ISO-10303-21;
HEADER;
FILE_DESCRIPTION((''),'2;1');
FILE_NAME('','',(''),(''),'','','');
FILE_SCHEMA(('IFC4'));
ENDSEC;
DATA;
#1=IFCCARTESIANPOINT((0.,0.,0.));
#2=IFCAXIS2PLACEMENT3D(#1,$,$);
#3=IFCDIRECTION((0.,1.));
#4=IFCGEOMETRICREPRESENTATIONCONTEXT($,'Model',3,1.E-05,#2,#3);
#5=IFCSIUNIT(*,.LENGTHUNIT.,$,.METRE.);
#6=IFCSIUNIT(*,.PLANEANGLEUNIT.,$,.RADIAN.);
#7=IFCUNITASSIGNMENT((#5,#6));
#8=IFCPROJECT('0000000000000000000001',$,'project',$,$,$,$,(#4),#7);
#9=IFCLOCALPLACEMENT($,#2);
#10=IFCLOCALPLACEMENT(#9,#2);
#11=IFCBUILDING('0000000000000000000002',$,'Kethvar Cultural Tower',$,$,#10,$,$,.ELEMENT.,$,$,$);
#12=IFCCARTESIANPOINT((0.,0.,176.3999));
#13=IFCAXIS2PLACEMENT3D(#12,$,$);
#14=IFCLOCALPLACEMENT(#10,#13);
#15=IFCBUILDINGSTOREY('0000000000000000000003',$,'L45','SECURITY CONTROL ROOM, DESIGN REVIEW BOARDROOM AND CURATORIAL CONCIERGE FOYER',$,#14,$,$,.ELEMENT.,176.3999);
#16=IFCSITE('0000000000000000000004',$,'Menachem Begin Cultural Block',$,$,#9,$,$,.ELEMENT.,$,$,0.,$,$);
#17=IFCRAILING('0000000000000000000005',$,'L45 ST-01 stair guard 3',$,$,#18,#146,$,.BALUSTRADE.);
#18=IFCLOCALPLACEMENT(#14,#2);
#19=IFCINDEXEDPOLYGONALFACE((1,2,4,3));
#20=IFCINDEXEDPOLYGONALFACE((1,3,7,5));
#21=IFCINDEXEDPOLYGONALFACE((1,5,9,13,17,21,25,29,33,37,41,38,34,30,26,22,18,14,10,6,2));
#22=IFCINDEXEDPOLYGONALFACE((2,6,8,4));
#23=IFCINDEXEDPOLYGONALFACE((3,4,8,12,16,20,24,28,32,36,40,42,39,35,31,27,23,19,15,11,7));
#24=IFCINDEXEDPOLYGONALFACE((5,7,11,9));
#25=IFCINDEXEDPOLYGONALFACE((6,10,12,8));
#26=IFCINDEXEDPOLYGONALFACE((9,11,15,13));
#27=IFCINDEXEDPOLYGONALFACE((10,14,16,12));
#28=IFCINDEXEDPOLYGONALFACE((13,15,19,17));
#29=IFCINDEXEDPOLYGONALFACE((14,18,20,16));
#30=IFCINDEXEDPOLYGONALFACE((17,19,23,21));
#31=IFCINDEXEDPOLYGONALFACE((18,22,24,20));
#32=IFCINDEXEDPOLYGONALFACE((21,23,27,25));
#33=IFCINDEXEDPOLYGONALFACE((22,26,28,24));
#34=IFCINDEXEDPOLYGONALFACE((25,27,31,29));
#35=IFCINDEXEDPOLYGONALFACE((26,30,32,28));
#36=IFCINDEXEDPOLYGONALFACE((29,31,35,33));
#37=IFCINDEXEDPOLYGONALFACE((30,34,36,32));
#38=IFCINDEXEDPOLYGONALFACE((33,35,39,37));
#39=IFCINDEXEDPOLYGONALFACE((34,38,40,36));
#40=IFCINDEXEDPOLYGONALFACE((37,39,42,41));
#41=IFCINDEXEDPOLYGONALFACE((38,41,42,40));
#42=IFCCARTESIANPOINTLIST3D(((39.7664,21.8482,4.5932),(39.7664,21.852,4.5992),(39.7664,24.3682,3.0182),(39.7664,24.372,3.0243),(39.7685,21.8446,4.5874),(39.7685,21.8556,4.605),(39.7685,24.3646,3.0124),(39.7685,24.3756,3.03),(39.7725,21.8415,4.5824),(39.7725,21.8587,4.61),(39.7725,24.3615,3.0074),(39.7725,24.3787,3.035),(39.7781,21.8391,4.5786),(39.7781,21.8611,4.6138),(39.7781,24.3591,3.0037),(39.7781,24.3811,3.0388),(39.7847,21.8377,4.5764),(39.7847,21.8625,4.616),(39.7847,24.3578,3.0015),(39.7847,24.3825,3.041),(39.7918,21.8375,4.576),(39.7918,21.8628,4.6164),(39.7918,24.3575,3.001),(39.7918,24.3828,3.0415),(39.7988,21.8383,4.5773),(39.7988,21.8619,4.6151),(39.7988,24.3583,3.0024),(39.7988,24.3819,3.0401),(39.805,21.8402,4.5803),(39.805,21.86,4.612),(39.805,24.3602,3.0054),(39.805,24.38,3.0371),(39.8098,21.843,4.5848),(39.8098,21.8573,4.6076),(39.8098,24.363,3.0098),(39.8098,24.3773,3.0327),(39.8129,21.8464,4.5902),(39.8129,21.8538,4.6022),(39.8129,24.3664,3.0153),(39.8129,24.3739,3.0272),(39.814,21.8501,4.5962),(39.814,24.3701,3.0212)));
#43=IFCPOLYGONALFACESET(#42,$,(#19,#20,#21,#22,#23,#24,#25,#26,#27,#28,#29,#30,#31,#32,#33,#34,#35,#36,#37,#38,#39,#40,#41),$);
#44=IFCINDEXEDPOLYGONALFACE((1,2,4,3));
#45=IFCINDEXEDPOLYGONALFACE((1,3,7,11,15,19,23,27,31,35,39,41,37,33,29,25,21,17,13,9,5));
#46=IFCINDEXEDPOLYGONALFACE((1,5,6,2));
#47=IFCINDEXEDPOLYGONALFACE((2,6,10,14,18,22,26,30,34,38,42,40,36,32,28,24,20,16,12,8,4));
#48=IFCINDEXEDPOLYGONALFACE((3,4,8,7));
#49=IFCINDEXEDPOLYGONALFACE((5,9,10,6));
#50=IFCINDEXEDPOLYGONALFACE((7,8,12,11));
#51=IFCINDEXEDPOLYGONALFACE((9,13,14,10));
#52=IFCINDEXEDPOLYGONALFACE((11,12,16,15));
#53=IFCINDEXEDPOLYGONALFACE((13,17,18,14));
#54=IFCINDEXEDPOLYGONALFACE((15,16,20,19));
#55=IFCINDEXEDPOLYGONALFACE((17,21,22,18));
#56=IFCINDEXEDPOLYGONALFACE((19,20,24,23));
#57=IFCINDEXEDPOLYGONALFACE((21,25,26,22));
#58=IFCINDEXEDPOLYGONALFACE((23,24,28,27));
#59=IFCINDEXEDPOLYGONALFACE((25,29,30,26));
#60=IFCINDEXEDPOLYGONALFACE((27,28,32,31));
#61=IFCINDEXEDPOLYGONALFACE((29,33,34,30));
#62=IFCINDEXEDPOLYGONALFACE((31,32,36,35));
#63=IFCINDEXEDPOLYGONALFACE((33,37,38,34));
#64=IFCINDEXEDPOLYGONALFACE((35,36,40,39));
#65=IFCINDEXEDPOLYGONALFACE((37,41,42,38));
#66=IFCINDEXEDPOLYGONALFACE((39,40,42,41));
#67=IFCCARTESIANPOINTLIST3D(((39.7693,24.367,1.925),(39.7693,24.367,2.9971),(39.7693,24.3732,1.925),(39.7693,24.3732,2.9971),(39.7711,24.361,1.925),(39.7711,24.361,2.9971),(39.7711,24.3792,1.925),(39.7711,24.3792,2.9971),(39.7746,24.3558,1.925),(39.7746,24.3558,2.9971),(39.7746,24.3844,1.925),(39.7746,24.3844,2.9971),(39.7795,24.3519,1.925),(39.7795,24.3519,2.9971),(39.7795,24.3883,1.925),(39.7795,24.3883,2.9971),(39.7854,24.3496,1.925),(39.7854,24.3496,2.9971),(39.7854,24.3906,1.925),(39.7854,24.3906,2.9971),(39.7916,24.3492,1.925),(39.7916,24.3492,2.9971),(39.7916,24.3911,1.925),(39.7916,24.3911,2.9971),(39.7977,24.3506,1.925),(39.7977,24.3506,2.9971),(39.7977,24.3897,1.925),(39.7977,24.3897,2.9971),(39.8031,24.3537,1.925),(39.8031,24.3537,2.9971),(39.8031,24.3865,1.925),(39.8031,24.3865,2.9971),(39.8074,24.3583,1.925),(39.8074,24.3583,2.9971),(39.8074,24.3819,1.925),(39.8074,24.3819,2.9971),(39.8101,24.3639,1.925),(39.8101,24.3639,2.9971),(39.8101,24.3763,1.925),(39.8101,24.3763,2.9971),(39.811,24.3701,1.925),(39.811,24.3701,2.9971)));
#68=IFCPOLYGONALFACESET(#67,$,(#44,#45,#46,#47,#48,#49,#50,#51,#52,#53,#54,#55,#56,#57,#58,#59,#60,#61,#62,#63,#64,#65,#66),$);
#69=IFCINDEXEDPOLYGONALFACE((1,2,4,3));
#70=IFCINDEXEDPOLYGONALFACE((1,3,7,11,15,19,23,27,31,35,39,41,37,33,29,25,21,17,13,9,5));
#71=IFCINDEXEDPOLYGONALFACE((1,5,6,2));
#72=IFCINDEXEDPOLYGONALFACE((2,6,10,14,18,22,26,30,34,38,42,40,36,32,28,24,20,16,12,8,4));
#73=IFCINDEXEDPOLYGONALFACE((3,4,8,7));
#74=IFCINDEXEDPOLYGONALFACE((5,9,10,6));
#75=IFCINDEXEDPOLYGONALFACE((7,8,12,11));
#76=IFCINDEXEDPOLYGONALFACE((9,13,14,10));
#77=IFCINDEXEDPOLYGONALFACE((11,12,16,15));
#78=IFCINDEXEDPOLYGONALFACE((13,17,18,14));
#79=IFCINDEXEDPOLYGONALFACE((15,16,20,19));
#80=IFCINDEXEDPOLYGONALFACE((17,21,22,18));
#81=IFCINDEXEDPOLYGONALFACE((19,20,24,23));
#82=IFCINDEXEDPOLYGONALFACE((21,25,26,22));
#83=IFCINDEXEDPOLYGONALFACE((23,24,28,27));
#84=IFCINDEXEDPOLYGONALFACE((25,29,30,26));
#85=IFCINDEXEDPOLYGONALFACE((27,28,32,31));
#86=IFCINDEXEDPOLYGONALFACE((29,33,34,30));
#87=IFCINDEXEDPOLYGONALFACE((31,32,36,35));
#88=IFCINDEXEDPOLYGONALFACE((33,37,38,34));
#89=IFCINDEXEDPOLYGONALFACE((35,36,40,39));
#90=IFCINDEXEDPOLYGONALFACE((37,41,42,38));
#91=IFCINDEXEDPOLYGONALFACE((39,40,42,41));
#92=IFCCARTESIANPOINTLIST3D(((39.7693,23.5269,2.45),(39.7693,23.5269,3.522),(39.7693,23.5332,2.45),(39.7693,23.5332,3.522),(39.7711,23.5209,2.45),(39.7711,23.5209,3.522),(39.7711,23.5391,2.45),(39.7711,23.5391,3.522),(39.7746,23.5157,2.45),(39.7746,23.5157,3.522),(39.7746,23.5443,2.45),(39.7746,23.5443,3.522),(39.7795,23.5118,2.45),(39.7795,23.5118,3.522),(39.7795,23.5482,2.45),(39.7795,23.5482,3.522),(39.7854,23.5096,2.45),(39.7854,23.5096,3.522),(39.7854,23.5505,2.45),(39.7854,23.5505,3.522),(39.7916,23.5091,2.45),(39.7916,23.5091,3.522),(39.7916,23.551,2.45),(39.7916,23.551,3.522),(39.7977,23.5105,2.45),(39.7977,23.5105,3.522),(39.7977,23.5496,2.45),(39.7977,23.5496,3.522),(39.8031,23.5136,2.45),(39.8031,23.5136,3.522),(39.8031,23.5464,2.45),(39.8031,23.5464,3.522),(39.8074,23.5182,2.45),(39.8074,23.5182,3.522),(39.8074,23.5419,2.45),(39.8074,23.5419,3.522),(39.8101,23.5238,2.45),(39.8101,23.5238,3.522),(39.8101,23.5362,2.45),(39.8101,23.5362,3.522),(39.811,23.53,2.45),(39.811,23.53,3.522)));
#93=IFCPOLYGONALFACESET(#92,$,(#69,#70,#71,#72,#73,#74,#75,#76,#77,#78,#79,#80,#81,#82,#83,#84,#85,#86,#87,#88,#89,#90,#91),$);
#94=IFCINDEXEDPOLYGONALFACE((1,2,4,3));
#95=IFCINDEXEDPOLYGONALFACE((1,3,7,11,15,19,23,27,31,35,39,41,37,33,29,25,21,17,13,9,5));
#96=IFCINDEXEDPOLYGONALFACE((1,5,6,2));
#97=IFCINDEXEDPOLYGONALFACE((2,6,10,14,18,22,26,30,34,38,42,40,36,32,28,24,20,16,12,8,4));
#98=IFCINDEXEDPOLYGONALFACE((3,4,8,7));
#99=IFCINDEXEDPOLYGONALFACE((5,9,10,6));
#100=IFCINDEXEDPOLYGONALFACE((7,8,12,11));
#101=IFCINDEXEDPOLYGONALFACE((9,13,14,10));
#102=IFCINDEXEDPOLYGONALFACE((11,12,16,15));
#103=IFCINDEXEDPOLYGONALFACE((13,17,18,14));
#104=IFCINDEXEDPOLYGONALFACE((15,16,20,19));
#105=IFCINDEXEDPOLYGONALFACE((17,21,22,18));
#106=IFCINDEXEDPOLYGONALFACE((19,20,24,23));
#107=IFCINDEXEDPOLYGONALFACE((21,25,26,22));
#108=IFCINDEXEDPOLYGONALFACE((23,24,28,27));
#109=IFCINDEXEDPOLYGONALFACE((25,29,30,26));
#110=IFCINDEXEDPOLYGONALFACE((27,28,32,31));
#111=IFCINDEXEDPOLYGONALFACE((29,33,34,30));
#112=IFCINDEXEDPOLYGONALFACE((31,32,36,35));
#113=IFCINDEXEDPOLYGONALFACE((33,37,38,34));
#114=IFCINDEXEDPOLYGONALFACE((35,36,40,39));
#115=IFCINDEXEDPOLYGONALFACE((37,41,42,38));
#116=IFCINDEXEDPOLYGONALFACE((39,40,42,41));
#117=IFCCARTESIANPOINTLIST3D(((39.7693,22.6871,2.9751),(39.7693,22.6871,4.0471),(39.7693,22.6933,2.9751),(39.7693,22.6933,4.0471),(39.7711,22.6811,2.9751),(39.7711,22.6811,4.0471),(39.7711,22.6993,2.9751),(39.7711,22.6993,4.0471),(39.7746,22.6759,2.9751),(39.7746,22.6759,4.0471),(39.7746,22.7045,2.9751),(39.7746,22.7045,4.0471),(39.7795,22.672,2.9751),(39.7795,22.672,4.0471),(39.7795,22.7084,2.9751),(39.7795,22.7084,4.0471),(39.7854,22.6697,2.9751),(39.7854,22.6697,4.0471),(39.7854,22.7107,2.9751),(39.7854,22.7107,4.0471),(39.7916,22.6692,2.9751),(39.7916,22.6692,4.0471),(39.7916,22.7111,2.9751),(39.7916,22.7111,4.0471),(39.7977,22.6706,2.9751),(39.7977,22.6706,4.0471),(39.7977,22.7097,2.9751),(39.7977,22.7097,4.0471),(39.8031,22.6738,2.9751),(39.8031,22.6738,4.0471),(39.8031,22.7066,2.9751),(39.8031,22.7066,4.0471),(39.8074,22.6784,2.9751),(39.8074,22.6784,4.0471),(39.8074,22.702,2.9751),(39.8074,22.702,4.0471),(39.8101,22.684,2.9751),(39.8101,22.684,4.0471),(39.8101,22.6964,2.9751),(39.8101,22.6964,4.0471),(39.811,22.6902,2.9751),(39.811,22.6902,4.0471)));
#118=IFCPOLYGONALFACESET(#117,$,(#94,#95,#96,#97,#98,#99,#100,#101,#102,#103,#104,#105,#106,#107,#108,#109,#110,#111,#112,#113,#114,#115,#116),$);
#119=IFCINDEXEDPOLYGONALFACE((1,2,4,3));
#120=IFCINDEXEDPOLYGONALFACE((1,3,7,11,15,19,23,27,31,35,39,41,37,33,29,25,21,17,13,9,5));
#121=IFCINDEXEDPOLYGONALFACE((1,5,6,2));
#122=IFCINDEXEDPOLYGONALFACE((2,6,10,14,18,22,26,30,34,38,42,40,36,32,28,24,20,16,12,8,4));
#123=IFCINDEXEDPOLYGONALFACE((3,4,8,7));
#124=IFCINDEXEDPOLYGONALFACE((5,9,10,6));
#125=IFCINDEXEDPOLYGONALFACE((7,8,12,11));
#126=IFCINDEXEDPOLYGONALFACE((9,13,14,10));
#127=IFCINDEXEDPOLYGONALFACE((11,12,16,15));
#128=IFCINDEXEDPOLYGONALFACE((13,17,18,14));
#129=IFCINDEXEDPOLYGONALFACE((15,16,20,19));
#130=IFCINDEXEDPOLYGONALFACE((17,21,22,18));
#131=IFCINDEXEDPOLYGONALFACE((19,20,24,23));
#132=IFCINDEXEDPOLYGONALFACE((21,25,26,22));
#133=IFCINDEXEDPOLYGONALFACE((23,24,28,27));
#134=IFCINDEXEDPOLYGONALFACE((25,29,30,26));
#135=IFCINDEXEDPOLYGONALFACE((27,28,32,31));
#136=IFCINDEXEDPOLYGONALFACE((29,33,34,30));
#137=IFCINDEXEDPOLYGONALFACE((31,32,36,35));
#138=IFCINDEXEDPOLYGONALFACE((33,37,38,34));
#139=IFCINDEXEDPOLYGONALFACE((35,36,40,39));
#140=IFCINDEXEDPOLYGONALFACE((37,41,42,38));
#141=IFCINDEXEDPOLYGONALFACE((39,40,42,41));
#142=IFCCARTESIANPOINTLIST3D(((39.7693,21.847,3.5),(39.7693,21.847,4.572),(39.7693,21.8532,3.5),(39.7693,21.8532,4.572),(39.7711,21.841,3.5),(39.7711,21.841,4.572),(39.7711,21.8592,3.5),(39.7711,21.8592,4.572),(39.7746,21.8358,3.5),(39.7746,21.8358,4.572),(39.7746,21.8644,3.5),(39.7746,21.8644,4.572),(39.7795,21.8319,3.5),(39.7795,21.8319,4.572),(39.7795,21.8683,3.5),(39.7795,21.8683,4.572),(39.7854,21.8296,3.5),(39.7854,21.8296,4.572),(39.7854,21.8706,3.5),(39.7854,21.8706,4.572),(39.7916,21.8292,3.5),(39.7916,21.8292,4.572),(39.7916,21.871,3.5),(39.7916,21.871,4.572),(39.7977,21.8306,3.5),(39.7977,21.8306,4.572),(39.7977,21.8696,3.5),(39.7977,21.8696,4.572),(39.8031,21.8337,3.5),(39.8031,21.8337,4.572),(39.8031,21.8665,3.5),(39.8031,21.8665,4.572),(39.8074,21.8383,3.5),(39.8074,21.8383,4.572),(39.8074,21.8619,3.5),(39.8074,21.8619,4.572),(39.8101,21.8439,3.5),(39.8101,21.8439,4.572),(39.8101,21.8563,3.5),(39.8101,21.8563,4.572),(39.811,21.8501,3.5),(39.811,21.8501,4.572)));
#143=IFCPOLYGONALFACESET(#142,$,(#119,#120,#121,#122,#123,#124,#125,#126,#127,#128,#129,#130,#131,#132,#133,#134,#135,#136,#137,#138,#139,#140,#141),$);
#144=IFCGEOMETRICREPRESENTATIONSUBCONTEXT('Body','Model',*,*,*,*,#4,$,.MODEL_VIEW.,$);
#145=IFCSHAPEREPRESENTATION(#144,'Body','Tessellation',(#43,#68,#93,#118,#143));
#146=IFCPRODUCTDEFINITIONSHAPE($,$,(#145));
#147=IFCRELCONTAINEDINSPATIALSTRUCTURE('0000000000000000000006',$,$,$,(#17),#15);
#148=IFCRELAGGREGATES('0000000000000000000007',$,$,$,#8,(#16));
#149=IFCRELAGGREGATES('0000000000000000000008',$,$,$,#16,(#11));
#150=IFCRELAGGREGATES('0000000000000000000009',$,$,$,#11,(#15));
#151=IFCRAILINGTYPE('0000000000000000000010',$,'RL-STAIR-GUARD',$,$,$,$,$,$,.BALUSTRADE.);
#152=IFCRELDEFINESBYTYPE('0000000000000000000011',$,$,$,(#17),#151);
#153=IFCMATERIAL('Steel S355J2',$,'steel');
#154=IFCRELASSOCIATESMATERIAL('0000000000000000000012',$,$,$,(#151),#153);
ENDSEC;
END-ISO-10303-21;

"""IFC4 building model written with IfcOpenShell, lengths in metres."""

from ifc_helpers import new_model, si_unit, direction, frame, origin, origin_2d, place, context, subcontext, project, spatial, circle, extrude, material, type_object, element, save


model = new_model("IFC4")

# Units and contexts
model_context = context("Model", 3, precision=1e-05, world=origin(), true_north=direction((0.0, 1.0)))
body_context = subcontext(model_context, "Body", "Model", "MODEL_VIEW")
ifc_project = project(units=[si_unit("LENGTHUNIT", "METRE"), si_unit("PLANEANGLEUNIT", "RADIAN")], contexts=[model_context])

# Site, building, storey
site_placement = place(None, origin())
site = spatial("IfcSite", under=ifc_project, at=site_placement, Name="Menachem Begin Cultural Block", CompositionType="ELEMENT", RefElevation=0.0)
building_placement = place(site_placement, origin())
building = spatial("IfcBuilding", under=site, at=building_placement, Name="Kethvar Cultural Tower", CompositionType="ELEMENT")
storey_placement = place(building_placement, frame((0.0, 0.0, 176.3999)))
storey = spatial("IfcBuildingStorey", under=building, at=storey_placement, Name="L45", Description="SECURITY CONTROL ROOM, DESIGN REVIEW BOARDROOM AND CURATORIAL CONCIERGE FOYER", CompositionType="ELEMENT", Elevation=176.3999)

# Shared definitions
ifc_material_1 = material(Name="Steel S355J2", Category="steel")

# Railing
railing_type = type_object("IfcRailingType", Name="RL-STAIR-GUARD", PredefinedType="BALUSTRADE", material=ifc_material_1)
railing_1_placement = place(storey_placement, frame((39.79, 24.3701, 1.925)))
element("IfcRailing", 1, at=railing_1_placement, inside=storey, type_object=railing_type, Name="L45 ST-01 stair guard 3", PredefinedType="BALUSTRADE", context=body_context, shape_type="SweptSolid", body=[
    extrude(circle(Radius=0.0239, at=origin_2d()), frame((0.0, 0.0, 1.0962), z_axis=(0.0, -0.848008, 0.529984), x_axis=(1.0, 0.0, 0.0)), (0.0, 0.0, 1.0), 2.9717),
    extrude(circle(Radius=0.021, at=origin_2d()), origin(), (0.0, 0.0, 1.0), 1.072),
    extrude(circle(Radius=0.021, at=origin_2d()), frame((0.0, -0.8401, 0.5249)), (0.0, 0.0, 1.0), 1.072),
    extrude(circle(Radius=0.021, at=origin_2d()), frame((0.0, -1.6799, 1.05)), (0.0, 0.0, 1.0), 1.072),
    extrude(circle(Radius=0.021, at=origin_2d()), frame((0.0, -2.52, 1.575)), (0.0, 0.0, 1.0), 1.072),
])

save(model, "model.ifc")
